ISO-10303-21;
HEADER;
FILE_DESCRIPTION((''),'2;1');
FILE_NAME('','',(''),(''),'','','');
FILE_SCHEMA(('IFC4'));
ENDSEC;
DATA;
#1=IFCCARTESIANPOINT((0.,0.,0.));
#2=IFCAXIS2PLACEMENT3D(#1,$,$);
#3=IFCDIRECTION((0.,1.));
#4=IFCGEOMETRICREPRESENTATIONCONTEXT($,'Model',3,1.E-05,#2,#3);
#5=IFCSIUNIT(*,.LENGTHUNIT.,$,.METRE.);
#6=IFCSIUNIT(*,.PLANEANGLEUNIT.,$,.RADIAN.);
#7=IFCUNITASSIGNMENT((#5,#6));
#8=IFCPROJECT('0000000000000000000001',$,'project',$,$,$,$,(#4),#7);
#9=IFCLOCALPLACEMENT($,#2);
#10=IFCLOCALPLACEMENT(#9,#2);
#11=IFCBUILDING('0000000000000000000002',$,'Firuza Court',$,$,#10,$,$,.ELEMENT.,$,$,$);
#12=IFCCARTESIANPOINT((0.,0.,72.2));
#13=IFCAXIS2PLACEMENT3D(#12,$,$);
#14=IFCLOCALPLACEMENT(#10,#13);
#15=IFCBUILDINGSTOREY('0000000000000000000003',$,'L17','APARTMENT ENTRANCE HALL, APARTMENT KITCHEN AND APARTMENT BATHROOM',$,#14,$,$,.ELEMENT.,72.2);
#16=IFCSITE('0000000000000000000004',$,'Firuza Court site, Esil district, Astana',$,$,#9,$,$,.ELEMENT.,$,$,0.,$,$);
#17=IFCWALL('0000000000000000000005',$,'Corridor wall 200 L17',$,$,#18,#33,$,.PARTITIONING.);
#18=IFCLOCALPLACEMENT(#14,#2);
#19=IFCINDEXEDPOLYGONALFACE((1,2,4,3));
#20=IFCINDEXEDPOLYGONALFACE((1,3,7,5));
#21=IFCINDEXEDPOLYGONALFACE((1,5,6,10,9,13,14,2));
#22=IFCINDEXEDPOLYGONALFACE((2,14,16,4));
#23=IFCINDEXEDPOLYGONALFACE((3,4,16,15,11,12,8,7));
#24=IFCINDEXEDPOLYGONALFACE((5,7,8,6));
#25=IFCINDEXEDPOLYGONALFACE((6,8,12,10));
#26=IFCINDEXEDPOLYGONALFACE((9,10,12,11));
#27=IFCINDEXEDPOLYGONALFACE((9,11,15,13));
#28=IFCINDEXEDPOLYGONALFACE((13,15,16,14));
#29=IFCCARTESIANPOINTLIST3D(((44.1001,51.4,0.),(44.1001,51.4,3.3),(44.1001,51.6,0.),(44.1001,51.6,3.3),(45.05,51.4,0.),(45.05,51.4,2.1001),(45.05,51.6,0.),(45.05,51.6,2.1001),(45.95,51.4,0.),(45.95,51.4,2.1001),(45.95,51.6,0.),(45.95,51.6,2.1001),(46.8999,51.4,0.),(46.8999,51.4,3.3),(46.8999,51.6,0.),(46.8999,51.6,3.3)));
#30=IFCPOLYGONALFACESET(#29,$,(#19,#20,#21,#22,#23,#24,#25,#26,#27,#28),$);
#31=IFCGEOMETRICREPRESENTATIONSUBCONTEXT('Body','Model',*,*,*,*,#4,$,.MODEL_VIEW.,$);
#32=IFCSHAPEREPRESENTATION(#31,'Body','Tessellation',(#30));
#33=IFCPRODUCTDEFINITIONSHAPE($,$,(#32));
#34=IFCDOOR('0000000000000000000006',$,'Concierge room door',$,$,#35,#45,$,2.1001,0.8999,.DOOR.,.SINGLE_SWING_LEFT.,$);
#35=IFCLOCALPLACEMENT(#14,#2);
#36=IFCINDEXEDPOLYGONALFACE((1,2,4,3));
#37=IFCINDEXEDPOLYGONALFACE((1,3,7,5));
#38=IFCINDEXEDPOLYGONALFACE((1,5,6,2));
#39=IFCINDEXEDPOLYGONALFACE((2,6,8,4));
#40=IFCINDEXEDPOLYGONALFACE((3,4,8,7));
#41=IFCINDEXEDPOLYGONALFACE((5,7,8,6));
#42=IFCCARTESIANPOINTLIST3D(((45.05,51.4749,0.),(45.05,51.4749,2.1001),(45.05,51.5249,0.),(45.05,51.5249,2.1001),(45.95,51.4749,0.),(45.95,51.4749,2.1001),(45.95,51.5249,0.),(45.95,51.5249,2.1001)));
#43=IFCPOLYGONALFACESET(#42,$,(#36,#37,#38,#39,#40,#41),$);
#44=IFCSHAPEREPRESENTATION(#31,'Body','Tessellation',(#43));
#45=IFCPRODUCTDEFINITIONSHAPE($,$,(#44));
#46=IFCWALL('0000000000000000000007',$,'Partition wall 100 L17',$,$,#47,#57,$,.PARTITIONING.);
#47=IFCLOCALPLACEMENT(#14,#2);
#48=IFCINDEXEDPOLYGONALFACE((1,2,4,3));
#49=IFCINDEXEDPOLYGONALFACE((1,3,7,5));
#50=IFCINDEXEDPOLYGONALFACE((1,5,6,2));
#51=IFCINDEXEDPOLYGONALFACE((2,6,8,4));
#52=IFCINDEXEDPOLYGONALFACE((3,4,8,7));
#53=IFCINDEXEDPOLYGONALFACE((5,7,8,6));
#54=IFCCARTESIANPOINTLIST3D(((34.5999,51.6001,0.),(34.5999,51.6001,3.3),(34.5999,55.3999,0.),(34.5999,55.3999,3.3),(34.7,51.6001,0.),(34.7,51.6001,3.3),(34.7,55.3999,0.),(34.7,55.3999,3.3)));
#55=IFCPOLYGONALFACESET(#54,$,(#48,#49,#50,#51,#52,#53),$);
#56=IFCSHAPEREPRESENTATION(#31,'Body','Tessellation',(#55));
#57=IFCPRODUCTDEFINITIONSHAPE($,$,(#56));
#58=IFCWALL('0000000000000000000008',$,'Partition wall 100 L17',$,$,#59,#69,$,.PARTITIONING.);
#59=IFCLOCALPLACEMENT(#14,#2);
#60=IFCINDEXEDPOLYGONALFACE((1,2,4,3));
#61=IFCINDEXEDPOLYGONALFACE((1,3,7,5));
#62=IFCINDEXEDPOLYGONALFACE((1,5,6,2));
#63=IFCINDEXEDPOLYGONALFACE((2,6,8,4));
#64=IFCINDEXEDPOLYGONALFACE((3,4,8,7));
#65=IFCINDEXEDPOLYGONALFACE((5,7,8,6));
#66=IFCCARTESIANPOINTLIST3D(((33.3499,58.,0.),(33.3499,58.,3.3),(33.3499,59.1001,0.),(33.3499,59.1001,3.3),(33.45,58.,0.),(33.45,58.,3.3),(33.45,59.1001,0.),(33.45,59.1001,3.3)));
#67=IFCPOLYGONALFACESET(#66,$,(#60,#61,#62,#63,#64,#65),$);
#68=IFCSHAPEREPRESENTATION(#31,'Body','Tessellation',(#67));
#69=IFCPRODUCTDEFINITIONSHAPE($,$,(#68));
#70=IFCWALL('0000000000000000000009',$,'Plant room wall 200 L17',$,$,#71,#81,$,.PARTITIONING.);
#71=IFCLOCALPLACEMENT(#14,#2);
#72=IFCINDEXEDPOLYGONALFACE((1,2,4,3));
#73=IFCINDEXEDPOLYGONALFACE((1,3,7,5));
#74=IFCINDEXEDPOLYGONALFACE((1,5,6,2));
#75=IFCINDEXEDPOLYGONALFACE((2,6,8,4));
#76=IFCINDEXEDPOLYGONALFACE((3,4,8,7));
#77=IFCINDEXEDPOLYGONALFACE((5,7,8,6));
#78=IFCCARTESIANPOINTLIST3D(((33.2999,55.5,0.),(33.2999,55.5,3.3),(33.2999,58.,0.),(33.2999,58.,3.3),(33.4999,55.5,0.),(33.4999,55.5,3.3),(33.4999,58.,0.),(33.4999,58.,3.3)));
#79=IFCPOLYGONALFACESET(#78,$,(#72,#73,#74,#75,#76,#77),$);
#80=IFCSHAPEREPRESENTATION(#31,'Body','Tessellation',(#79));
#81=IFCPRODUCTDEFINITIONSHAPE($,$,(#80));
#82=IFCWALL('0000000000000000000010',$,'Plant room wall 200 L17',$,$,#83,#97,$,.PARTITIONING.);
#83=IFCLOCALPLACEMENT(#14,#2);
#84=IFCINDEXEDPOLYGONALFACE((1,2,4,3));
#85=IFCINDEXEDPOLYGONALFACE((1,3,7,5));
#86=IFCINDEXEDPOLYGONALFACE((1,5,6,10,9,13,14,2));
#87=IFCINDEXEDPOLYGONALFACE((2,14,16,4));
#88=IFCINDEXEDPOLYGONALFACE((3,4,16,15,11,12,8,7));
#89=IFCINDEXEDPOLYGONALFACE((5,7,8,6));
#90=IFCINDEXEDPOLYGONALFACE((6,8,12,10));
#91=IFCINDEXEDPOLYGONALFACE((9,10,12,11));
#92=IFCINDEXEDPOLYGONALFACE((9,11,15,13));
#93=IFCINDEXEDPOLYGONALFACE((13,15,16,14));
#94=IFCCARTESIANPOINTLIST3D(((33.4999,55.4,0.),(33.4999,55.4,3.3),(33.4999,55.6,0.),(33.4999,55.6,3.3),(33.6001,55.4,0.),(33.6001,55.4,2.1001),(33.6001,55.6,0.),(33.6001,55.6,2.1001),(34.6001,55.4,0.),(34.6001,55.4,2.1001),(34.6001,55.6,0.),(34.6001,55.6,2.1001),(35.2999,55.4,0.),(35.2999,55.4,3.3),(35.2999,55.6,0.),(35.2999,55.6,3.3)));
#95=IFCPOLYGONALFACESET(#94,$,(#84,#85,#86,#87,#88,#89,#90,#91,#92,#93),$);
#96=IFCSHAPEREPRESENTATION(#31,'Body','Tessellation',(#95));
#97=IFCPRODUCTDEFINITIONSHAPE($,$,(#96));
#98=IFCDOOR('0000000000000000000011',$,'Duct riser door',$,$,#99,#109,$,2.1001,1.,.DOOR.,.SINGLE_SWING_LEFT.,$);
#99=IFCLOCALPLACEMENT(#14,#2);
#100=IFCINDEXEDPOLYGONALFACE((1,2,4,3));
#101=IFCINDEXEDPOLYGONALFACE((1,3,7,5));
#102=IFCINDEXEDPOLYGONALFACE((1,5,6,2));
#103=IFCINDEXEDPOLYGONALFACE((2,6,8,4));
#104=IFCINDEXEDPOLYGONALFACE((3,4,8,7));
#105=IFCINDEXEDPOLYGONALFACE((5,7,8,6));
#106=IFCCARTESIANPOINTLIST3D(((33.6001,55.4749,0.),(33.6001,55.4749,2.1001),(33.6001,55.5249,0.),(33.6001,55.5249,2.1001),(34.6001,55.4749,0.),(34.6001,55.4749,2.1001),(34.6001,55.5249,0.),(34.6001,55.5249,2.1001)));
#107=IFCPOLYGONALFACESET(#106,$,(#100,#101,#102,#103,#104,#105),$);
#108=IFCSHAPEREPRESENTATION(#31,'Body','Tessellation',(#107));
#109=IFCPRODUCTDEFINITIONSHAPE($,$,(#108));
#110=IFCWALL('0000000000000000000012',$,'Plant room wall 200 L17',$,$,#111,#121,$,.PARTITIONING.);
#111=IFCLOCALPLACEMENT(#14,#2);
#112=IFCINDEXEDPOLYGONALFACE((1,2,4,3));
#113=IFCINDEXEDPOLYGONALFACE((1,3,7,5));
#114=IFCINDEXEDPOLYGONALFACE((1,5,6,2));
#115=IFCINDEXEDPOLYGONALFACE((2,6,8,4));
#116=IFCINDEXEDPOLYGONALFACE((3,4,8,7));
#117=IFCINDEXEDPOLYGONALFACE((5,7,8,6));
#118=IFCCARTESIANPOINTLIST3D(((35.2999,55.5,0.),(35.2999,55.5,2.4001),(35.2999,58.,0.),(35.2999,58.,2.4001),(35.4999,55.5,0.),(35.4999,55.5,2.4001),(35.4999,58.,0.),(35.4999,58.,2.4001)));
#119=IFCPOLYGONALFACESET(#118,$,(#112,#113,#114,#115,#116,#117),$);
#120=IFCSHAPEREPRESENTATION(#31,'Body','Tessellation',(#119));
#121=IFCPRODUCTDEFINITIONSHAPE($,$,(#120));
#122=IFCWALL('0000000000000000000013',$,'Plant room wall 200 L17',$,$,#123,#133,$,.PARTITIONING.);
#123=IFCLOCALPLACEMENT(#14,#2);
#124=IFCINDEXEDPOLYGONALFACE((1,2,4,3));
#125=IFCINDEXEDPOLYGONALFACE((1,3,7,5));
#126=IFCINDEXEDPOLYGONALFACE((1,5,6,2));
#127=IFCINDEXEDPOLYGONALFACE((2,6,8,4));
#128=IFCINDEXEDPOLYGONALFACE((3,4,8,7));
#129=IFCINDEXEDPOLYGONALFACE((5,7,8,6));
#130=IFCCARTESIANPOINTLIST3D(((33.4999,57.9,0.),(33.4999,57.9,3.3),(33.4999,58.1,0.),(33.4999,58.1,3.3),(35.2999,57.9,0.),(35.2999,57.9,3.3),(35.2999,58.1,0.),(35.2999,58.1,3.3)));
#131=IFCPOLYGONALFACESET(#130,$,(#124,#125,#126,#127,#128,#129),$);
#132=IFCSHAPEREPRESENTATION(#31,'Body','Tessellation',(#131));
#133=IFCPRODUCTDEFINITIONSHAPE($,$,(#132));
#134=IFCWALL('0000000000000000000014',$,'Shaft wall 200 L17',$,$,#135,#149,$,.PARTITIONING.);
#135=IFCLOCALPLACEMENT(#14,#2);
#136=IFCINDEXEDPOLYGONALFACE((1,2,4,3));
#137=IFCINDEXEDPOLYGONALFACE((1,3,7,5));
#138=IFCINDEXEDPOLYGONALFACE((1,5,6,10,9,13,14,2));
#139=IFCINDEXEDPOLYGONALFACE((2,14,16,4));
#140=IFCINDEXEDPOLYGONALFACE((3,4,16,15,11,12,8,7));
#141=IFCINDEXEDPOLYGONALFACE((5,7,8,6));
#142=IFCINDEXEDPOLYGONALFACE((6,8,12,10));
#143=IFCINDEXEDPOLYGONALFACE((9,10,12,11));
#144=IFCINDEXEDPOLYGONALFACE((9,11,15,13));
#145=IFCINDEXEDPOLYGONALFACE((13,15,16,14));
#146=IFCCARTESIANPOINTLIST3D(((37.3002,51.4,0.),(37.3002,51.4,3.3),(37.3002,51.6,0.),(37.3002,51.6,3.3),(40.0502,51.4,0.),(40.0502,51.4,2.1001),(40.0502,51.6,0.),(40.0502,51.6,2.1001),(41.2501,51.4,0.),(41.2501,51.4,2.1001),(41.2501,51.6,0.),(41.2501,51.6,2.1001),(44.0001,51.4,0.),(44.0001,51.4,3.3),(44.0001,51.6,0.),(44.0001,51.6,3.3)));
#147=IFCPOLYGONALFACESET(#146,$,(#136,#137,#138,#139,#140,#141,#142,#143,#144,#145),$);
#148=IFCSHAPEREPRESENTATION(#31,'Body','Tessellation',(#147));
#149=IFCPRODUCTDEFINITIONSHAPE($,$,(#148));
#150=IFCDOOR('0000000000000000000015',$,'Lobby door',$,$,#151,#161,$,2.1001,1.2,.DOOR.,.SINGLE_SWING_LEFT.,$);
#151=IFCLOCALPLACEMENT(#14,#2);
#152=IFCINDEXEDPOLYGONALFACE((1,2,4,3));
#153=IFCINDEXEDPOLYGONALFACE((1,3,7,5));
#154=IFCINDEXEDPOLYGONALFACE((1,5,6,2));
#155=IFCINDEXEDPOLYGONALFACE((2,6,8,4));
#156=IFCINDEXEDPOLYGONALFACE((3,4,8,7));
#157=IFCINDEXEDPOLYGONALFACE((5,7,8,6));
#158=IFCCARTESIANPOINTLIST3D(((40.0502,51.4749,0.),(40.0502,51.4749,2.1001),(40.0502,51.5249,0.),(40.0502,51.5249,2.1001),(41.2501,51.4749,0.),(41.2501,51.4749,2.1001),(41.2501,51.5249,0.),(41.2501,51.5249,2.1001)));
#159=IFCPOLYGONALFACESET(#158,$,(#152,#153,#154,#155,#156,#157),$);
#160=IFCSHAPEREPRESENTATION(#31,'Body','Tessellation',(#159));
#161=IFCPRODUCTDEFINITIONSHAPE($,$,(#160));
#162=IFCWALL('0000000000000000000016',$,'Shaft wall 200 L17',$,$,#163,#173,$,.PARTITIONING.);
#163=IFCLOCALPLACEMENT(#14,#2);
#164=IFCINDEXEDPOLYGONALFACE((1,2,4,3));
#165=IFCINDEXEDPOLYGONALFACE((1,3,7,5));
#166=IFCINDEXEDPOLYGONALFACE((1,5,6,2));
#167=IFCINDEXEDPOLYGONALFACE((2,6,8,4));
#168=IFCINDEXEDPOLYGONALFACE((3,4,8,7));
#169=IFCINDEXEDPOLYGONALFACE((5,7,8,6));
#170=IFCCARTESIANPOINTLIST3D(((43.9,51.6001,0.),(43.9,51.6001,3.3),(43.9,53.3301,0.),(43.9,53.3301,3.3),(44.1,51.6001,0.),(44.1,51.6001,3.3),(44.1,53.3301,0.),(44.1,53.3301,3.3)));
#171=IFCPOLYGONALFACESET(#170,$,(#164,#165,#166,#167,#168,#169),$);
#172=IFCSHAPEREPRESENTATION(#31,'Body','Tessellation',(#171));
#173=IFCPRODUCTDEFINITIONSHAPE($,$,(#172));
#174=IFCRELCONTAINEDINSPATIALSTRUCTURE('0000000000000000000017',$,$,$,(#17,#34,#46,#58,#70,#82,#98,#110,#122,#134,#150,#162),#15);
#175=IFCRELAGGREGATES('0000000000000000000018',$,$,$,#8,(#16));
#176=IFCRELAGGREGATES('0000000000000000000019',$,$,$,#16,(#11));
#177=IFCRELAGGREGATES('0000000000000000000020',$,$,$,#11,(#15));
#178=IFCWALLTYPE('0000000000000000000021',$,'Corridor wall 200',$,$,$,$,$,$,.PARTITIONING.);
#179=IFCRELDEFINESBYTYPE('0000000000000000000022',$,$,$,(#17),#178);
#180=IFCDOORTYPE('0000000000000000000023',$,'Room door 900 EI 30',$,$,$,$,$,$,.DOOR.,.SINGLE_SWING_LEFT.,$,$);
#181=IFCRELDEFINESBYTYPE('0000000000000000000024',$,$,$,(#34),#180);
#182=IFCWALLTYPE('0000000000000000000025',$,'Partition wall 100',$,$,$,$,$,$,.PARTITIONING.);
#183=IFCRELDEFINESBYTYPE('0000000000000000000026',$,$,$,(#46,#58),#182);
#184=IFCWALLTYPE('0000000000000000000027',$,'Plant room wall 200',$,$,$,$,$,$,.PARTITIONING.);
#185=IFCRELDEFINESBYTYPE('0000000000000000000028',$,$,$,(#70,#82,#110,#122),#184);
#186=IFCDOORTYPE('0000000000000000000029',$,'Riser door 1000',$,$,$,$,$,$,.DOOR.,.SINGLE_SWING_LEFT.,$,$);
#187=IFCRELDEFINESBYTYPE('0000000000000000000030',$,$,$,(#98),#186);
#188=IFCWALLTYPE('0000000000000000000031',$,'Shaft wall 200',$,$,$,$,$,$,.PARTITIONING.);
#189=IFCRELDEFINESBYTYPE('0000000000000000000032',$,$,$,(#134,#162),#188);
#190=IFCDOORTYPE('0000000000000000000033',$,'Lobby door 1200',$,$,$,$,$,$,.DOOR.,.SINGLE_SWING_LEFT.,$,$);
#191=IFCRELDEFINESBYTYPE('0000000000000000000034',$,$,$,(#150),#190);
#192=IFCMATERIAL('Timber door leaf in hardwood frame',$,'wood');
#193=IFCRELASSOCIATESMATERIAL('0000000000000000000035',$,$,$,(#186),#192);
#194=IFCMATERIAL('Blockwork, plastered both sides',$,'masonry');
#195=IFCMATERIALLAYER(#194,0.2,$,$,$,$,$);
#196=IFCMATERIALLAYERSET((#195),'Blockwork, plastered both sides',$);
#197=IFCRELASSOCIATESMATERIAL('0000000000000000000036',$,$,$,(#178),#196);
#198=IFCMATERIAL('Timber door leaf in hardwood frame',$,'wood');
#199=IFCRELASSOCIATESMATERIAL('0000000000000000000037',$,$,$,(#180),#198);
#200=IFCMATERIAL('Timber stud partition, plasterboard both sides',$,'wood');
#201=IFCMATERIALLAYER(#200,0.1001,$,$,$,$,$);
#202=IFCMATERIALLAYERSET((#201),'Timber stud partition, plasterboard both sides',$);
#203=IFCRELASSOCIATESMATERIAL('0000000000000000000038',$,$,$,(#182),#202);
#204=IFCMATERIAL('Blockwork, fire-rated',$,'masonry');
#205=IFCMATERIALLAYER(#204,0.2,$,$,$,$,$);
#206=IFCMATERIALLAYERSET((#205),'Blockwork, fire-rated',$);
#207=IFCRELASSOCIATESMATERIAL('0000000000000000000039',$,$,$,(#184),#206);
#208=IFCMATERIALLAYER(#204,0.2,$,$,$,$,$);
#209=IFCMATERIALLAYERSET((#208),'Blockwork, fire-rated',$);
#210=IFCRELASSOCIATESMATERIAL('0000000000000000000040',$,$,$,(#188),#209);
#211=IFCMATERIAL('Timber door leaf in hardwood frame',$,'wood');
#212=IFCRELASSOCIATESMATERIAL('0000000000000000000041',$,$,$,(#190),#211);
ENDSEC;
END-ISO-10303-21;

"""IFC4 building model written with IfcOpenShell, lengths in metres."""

from ifc_helpers import new_model, si_unit, direction, frame, frame_2d, origin, place, context, subcontext, project, spatial, rectangle, extrude, material, layer, layer_set, type_object, element, fill, save


model = new_model("IFC4")

# Units and contexts
model_context = context("Model", 3, precision=1e-05, world=origin(), true_north=direction((0.0, 1.0)))
body_context = subcontext(model_context, "Body", "Model", "MODEL_VIEW")
ifc_project = project(units=[si_unit("LENGTHUNIT", "METRE"), si_unit("PLANEANGLEUNIT", "RADIAN")], contexts=[model_context])

# Site, building, storey
site_placement = place(None, origin())
site = spatial("IfcSite", under=ifc_project, at=site_placement, Name="Firuza Court site, Esil district, Astana", CompositionType="ELEMENT", RefElevation=0.0)
building_placement = place(site_placement, origin())
building = spatial("IfcBuilding", under=site, at=building_placement, Name="Firuza Court", CompositionType="ELEMENT")
storey_placement = place(building_placement, frame((0.0, 0.0, 72.2)))
storey = spatial("IfcBuildingStorey", under=building, at=storey_placement, Name="L17", Description="APARTMENT ENTRANCE HALL, APARTMENT KITCHEN AND APARTMENT BATHROOM", CompositionType="ELEMENT", Elevation=72.2)

# Shared definitions
ifc_material_1 = material(Name="Timber door leaf in hardwood frame", Category="wood")
door_type_1 = type_object("IfcDoorType", Name="Riser door 1000", OperationType="SINGLE_SWING_LEFT", PredefinedType="DOOR", material=ifc_material_1)

# Wall, opening, door
ifc_material_2 = material(Name="Blockwork, plastered both sides", Category="masonry")
ifc_layer_1 = layer(ifc_material_2, 0.2)
ifc_layer_set_1 = layer_set([ifc_layer_1], Name="Blockwork, plastered both sides")
wall_type_1 = type_object("IfcWallType", Name="Corridor wall 200", PredefinedType="PARTITIONING", material=ifc_layer_set_1)
wall_1_placement = place(storey_placement, frame((44.1001, 51.5, 0.0), z_axis=(0.0, 0.0, 1.0), x_axis=(1.0, 0.0, 0.0)))
wall_1 = element("IfcWall", 1, at=wall_1_placement, inside=storey, type_object=wall_type_1, Name="Corridor wall 200 L17", PredefinedType="PARTITIONING", context=body_context, shape_type="SweptSolid", body=[
    extrude(rectangle(XDim=2.7998, YDim=0.2, at=frame_2d((1.3999, 0.0))), origin(), (0.0, 0.0, 1.0), 3.3),
])
opening_1_placement = place(wall_1_placement, frame((0.95, 0.0, 0.0)))
opening_1 = element("IfcOpeningElement", 2, at=opening_1_placement, cuts=wall_1, PredefinedType="OPENING", context=body_context, shape_type="SweptSolid", body=[
    extrude(rectangle(XDim=0.8999, YDim=2.1001, at=frame_2d((0.45, 1.05))), frame((0.0, 0.1118, 0.0), z_axis=(0.0, -1.0, 0.0), x_axis=(1.0, 0.0, 0.0)), (0.0, 0.0, 1.0), 0.2239),
])
ifc_material_3 = material(Name="Timber door leaf in hardwood frame", Category="wood")
door_type_2 = type_object("IfcDoorType", Name="Room door 900 EI 30", OperationType="SINGLE_SWING_LEFT", PredefinedType="DOOR", material=ifc_material_3)
door_1_placement = place(opening_1_placement, origin())
door_1 = element("IfcDoor", 3, at=door_1_placement, inside=storey, type_object=door_type_2, Name="Concierge room door", OperationType="SINGLE_SWING_LEFT", OverallHeight=2.1001, OverallWidth=0.8999, PredefinedType="DOOR", context=body_context, shape_type="SweptSolid", body=[
    extrude(rectangle(XDim=0.8999, YDim=2.1001, at=frame_2d((0.45, 1.05))), frame((0.0, 0.0249, 0.0), z_axis=(0.0, -1.0, 0.0), x_axis=(1.0, 0.0, 0.0)), (0.0, 0.0, 1.0), 0.05),
])
fill(opening_1, door_1)

# Walls
ifc_material_4 = material(Name="Timber stud partition, plasterboard both sides", Category="wood")
ifc_layer_2 = layer(ifc_material_4, 0.1001)
ifc_layer_set_2 = layer_set([ifc_layer_2], Name="Timber stud partition, plasterboard both sides")
wall_type_2 = type_object("IfcWallType", Name="Partition wall 100", PredefinedType="PARTITIONING", material=ifc_layer_set_2)
wall_2_placement = place(storey_placement, frame((34.6499, 51.6001, 0.0), z_axis=(0.0, 0.0, 1.0), x_axis=(0.0, 1.0, 0.0)))
element("IfcWall", 4, at=wall_2_placement, inside=storey, type_object=wall_type_2, Name="Partition wall 100 L17", PredefinedType="PARTITIONING", context=body_context, shape_type="SweptSolid", body=[
    extrude(rectangle(XDim=3.7998, YDim=0.1001, at=frame_2d((1.8999, 0.0))), origin(), (0.0, 0.0, 1.0), 3.3),
])
wall_3_placement = place(storey_placement, frame((33.3999, 58.0, 0.0), z_axis=(0.0, 0.0, 1.0), x_axis=(0.0, 1.0, 0.0)))
element("IfcWall", 5, at=wall_3_placement, inside=storey, type_object=wall_type_2, Name="Partition wall 100 L17", PredefinedType="PARTITIONING", context=body_context, shape_type="SweptSolid", body=[
    extrude(rectangle(XDim=1.1001, YDim=0.1001, at=frame_2d((0.55, 0.0))), origin(), (0.0, 0.0, 1.0), 3.3),
])
ifc_material_5 = material(Name="Blockwork, fire-rated", Category="masonry")
ifc_layer_3 = layer(ifc_material_5, 0.2)
ifc_layer_set_3 = layer_set([ifc_layer_3], Name="Blockwork, fire-rated")
wall_type_3 = type_object("IfcWallType", Name="Plant room wall 200", PredefinedType="PARTITIONING", material=ifc_layer_set_3)
wall_4_placement = place(storey_placement, frame((33.3999, 55.5, 0.0), z_axis=(0.0, 0.0, 1.0), x_axis=(0.0, 1.0, 0.0)))
element("IfcWall", 6, at=wall_4_placement, inside=storey, type_object=wall_type_3, Name="Plant room wall 200 L17", PredefinedType="PARTITIONING", context=body_context, shape_type="SweptSolid", body=[
    extrude(rectangle(XDim=2.5, YDim=0.2, at=frame_2d((1.25, 0.0))), origin(), (0.0, 0.0, 1.0), 3.3),
])

# Wall, opening, door
wall_5_placement = place(storey_placement, frame((33.5, 55.5, 0.0), z_axis=(0.0, 0.0, 1.0), x_axis=(1.0, 0.0, 0.0)))
wall_5 = element("IfcWall", 7, at=wall_5_placement, inside=storey, type_object=wall_type_3, Name="Plant room wall 200 L17", PredefinedType="PARTITIONING", context=body_context, shape_type="SweptSolid", body=[
    extrude(rectangle(XDim=1.8, YDim=0.2, at=frame_2d((0.8999, 0.0))), origin(), (0.0, 0.0, 1.0), 3.3),
])
opening_2_placement = place(wall_5_placement, frame((0.1001, 0.0, 0.0)))
opening_2 = element("IfcOpeningElement", 8, at=opening_2_placement, cuts=wall_5, PredefinedType="OPENING", context=body_context, shape_type="SweptSolid", body=[
    extrude(rectangle(XDim=1.0, YDim=2.1001, at=frame_2d((0.5, 1.05))), frame((0.0, 0.1118, 0.0), z_axis=(0.0, -1.0, 0.0), x_axis=(1.0, 0.0, 0.0)), (0.0, 0.0, 1.0), 0.2239),
])
door_2_placement = place(opening_2_placement, origin())
door_2 = element("IfcDoor", 9, at=door_2_placement, inside=storey, type_object=door_type_1, Name="Duct riser door", OperationType="SINGLE_SWING_LEFT", OverallHeight=2.1001, OverallWidth=1.0, PredefinedType="DOOR", context=body_context, shape_type="SweptSolid", body=[
    extrude(rectangle(XDim=1.0, YDim=2.1001, at=frame_2d((0.5, 1.05))), frame((0.0, 0.0249, 0.0), z_axis=(0.0, -1.0, 0.0), x_axis=(1.0, 0.0, 0.0)), (0.0, 0.0, 1.0), 0.05),
])
fill(opening_2, door_2)

# Walls
wall_6_placement = place(storey_placement, frame((35.3999, 55.5, 0.0), z_axis=(0.0, 0.0, 1.0), x_axis=(0.0, 1.0, 0.0)))
element("IfcWall", 10, at=wall_6_placement, inside=storey, type_object=wall_type_3, Name="Plant room wall 200 L17", PredefinedType="PARTITIONING", context=body_context, shape_type="SweptSolid", body=[
    extrude(rectangle(XDim=2.5, YDim=0.2, at=frame_2d((1.25, 0.0))), origin(), (0.0, 0.0, 1.0), 2.4001),
])
wall_7_placement = place(storey_placement, frame((33.5, 58.0, 0.0), z_axis=(0.0, 0.0, 1.0), x_axis=(1.0, 0.0, 0.0)))
element("IfcWall", 11, at=wall_7_placement, inside=storey, type_object=wall_type_3, Name="Plant room wall 200 L17", PredefinedType="PARTITIONING", context=body_context, shape_type="SweptSolid", body=[
    extrude(rectangle(XDim=1.8, YDim=0.2, at=frame_2d((0.8999, 0.0))), origin(), (0.0, 0.0, 1.0), 3.3),
])

# Wall, opening, door
ifc_layer_4 = layer(ifc_material_5, 0.2)
ifc_layer_set_4 = layer_set([ifc_layer_4], Name="Blockwork, fire-rated")
wall_type_4 = type_object("IfcWallType", Name="Shaft wall 200", PredefinedType="PARTITIONING", material=ifc_layer_set_4)
wall_8_placement = place(storey_placement, frame((37.3, 51.5, 0.0), z_axis=(0.0, 0.0, 1.0), x_axis=(1.0, 0.0, 0.0)))
wall_8 = element("IfcWall", 12, at=wall_8_placement, inside=storey, type_object=wall_type_4, Name="Shaft wall 200 L17", PredefinedType="PARTITIONING", context=body_context, shape_type="SweptSolid", body=[
    extrude(rectangle(XDim=6.7, YDim=0.2, at=frame_2d((3.3501, 0.0))), origin(), (0.0, 0.0, 1.0), 3.3),
])
opening_3_placement = place(wall_8_placement, frame((2.75, 0.0, 0.0)))
opening_3 = element("IfcOpeningElement", 13, at=opening_3_placement, cuts=wall_8, PredefinedType="OPENING", context=body_context, shape_type="SweptSolid", body=[
    extrude(rectangle(XDim=1.2, YDim=2.1001, at=frame_2d((0.6001, 1.05))), frame((0.0, 0.1118, 0.0), z_axis=(0.0, -1.0, 0.0), x_axis=(1.0, 0.0, 0.0)), (0.0, 0.0, 1.0), 0.2239),
])
ifc_material_6 = material(Name="Timber door leaf in hardwood frame", Category="wood")
door_type_3 = type_object("IfcDoorType", Name="Lobby door 1200", OperationType="SINGLE_SWING_LEFT", PredefinedType="DOOR", material=ifc_material_6)
door_3_placement = place(opening_3_placement, origin())
door_3 = element("IfcDoor", 14, at=door_3_placement, inside=storey, type_object=door_type_3, Name="Lobby door", OperationType="SINGLE_SWING_LEFT", OverallHeight=2.1001, OverallWidth=1.2, PredefinedType="DOOR", context=body_context, shape_type="SweptSolid", body=[
    extrude(rectangle(XDim=1.2, YDim=2.1001, at=frame_2d((0.6001, 1.05))), frame((0.0, 0.0249, 0.0), z_axis=(0.0, -1.0, 0.0), x_axis=(1.0, 0.0, 0.0)), (0.0, 0.0, 1.0), 0.05),
])
fill(opening_3, door_3)

# Wall
for number, where, z_axis, x_axis, name in (
    (15, (44.0, 51.6001, 0.0), (0.0, 0.0, 1.0), (0.0, 1.0, 0.0), "Shaft wall 200 L17"),
):
    element("IfcWall", number, at=place(storey_placement, frame(where, z_axis=z_axis, x_axis=x_axis)), inside=storey, type_object=wall_type_4, Name=name, PredefinedType="PARTITIONING", context=body_context, shape_type="SweptSolid", body=[
        extrude(rectangle(XDim=1.73, YDim=0.2, at=frame_2d((0.865, 0.0))), origin(), (0.0, 0.0, 1.0), 3.3),
    ])

save(model, "model.ifc")
